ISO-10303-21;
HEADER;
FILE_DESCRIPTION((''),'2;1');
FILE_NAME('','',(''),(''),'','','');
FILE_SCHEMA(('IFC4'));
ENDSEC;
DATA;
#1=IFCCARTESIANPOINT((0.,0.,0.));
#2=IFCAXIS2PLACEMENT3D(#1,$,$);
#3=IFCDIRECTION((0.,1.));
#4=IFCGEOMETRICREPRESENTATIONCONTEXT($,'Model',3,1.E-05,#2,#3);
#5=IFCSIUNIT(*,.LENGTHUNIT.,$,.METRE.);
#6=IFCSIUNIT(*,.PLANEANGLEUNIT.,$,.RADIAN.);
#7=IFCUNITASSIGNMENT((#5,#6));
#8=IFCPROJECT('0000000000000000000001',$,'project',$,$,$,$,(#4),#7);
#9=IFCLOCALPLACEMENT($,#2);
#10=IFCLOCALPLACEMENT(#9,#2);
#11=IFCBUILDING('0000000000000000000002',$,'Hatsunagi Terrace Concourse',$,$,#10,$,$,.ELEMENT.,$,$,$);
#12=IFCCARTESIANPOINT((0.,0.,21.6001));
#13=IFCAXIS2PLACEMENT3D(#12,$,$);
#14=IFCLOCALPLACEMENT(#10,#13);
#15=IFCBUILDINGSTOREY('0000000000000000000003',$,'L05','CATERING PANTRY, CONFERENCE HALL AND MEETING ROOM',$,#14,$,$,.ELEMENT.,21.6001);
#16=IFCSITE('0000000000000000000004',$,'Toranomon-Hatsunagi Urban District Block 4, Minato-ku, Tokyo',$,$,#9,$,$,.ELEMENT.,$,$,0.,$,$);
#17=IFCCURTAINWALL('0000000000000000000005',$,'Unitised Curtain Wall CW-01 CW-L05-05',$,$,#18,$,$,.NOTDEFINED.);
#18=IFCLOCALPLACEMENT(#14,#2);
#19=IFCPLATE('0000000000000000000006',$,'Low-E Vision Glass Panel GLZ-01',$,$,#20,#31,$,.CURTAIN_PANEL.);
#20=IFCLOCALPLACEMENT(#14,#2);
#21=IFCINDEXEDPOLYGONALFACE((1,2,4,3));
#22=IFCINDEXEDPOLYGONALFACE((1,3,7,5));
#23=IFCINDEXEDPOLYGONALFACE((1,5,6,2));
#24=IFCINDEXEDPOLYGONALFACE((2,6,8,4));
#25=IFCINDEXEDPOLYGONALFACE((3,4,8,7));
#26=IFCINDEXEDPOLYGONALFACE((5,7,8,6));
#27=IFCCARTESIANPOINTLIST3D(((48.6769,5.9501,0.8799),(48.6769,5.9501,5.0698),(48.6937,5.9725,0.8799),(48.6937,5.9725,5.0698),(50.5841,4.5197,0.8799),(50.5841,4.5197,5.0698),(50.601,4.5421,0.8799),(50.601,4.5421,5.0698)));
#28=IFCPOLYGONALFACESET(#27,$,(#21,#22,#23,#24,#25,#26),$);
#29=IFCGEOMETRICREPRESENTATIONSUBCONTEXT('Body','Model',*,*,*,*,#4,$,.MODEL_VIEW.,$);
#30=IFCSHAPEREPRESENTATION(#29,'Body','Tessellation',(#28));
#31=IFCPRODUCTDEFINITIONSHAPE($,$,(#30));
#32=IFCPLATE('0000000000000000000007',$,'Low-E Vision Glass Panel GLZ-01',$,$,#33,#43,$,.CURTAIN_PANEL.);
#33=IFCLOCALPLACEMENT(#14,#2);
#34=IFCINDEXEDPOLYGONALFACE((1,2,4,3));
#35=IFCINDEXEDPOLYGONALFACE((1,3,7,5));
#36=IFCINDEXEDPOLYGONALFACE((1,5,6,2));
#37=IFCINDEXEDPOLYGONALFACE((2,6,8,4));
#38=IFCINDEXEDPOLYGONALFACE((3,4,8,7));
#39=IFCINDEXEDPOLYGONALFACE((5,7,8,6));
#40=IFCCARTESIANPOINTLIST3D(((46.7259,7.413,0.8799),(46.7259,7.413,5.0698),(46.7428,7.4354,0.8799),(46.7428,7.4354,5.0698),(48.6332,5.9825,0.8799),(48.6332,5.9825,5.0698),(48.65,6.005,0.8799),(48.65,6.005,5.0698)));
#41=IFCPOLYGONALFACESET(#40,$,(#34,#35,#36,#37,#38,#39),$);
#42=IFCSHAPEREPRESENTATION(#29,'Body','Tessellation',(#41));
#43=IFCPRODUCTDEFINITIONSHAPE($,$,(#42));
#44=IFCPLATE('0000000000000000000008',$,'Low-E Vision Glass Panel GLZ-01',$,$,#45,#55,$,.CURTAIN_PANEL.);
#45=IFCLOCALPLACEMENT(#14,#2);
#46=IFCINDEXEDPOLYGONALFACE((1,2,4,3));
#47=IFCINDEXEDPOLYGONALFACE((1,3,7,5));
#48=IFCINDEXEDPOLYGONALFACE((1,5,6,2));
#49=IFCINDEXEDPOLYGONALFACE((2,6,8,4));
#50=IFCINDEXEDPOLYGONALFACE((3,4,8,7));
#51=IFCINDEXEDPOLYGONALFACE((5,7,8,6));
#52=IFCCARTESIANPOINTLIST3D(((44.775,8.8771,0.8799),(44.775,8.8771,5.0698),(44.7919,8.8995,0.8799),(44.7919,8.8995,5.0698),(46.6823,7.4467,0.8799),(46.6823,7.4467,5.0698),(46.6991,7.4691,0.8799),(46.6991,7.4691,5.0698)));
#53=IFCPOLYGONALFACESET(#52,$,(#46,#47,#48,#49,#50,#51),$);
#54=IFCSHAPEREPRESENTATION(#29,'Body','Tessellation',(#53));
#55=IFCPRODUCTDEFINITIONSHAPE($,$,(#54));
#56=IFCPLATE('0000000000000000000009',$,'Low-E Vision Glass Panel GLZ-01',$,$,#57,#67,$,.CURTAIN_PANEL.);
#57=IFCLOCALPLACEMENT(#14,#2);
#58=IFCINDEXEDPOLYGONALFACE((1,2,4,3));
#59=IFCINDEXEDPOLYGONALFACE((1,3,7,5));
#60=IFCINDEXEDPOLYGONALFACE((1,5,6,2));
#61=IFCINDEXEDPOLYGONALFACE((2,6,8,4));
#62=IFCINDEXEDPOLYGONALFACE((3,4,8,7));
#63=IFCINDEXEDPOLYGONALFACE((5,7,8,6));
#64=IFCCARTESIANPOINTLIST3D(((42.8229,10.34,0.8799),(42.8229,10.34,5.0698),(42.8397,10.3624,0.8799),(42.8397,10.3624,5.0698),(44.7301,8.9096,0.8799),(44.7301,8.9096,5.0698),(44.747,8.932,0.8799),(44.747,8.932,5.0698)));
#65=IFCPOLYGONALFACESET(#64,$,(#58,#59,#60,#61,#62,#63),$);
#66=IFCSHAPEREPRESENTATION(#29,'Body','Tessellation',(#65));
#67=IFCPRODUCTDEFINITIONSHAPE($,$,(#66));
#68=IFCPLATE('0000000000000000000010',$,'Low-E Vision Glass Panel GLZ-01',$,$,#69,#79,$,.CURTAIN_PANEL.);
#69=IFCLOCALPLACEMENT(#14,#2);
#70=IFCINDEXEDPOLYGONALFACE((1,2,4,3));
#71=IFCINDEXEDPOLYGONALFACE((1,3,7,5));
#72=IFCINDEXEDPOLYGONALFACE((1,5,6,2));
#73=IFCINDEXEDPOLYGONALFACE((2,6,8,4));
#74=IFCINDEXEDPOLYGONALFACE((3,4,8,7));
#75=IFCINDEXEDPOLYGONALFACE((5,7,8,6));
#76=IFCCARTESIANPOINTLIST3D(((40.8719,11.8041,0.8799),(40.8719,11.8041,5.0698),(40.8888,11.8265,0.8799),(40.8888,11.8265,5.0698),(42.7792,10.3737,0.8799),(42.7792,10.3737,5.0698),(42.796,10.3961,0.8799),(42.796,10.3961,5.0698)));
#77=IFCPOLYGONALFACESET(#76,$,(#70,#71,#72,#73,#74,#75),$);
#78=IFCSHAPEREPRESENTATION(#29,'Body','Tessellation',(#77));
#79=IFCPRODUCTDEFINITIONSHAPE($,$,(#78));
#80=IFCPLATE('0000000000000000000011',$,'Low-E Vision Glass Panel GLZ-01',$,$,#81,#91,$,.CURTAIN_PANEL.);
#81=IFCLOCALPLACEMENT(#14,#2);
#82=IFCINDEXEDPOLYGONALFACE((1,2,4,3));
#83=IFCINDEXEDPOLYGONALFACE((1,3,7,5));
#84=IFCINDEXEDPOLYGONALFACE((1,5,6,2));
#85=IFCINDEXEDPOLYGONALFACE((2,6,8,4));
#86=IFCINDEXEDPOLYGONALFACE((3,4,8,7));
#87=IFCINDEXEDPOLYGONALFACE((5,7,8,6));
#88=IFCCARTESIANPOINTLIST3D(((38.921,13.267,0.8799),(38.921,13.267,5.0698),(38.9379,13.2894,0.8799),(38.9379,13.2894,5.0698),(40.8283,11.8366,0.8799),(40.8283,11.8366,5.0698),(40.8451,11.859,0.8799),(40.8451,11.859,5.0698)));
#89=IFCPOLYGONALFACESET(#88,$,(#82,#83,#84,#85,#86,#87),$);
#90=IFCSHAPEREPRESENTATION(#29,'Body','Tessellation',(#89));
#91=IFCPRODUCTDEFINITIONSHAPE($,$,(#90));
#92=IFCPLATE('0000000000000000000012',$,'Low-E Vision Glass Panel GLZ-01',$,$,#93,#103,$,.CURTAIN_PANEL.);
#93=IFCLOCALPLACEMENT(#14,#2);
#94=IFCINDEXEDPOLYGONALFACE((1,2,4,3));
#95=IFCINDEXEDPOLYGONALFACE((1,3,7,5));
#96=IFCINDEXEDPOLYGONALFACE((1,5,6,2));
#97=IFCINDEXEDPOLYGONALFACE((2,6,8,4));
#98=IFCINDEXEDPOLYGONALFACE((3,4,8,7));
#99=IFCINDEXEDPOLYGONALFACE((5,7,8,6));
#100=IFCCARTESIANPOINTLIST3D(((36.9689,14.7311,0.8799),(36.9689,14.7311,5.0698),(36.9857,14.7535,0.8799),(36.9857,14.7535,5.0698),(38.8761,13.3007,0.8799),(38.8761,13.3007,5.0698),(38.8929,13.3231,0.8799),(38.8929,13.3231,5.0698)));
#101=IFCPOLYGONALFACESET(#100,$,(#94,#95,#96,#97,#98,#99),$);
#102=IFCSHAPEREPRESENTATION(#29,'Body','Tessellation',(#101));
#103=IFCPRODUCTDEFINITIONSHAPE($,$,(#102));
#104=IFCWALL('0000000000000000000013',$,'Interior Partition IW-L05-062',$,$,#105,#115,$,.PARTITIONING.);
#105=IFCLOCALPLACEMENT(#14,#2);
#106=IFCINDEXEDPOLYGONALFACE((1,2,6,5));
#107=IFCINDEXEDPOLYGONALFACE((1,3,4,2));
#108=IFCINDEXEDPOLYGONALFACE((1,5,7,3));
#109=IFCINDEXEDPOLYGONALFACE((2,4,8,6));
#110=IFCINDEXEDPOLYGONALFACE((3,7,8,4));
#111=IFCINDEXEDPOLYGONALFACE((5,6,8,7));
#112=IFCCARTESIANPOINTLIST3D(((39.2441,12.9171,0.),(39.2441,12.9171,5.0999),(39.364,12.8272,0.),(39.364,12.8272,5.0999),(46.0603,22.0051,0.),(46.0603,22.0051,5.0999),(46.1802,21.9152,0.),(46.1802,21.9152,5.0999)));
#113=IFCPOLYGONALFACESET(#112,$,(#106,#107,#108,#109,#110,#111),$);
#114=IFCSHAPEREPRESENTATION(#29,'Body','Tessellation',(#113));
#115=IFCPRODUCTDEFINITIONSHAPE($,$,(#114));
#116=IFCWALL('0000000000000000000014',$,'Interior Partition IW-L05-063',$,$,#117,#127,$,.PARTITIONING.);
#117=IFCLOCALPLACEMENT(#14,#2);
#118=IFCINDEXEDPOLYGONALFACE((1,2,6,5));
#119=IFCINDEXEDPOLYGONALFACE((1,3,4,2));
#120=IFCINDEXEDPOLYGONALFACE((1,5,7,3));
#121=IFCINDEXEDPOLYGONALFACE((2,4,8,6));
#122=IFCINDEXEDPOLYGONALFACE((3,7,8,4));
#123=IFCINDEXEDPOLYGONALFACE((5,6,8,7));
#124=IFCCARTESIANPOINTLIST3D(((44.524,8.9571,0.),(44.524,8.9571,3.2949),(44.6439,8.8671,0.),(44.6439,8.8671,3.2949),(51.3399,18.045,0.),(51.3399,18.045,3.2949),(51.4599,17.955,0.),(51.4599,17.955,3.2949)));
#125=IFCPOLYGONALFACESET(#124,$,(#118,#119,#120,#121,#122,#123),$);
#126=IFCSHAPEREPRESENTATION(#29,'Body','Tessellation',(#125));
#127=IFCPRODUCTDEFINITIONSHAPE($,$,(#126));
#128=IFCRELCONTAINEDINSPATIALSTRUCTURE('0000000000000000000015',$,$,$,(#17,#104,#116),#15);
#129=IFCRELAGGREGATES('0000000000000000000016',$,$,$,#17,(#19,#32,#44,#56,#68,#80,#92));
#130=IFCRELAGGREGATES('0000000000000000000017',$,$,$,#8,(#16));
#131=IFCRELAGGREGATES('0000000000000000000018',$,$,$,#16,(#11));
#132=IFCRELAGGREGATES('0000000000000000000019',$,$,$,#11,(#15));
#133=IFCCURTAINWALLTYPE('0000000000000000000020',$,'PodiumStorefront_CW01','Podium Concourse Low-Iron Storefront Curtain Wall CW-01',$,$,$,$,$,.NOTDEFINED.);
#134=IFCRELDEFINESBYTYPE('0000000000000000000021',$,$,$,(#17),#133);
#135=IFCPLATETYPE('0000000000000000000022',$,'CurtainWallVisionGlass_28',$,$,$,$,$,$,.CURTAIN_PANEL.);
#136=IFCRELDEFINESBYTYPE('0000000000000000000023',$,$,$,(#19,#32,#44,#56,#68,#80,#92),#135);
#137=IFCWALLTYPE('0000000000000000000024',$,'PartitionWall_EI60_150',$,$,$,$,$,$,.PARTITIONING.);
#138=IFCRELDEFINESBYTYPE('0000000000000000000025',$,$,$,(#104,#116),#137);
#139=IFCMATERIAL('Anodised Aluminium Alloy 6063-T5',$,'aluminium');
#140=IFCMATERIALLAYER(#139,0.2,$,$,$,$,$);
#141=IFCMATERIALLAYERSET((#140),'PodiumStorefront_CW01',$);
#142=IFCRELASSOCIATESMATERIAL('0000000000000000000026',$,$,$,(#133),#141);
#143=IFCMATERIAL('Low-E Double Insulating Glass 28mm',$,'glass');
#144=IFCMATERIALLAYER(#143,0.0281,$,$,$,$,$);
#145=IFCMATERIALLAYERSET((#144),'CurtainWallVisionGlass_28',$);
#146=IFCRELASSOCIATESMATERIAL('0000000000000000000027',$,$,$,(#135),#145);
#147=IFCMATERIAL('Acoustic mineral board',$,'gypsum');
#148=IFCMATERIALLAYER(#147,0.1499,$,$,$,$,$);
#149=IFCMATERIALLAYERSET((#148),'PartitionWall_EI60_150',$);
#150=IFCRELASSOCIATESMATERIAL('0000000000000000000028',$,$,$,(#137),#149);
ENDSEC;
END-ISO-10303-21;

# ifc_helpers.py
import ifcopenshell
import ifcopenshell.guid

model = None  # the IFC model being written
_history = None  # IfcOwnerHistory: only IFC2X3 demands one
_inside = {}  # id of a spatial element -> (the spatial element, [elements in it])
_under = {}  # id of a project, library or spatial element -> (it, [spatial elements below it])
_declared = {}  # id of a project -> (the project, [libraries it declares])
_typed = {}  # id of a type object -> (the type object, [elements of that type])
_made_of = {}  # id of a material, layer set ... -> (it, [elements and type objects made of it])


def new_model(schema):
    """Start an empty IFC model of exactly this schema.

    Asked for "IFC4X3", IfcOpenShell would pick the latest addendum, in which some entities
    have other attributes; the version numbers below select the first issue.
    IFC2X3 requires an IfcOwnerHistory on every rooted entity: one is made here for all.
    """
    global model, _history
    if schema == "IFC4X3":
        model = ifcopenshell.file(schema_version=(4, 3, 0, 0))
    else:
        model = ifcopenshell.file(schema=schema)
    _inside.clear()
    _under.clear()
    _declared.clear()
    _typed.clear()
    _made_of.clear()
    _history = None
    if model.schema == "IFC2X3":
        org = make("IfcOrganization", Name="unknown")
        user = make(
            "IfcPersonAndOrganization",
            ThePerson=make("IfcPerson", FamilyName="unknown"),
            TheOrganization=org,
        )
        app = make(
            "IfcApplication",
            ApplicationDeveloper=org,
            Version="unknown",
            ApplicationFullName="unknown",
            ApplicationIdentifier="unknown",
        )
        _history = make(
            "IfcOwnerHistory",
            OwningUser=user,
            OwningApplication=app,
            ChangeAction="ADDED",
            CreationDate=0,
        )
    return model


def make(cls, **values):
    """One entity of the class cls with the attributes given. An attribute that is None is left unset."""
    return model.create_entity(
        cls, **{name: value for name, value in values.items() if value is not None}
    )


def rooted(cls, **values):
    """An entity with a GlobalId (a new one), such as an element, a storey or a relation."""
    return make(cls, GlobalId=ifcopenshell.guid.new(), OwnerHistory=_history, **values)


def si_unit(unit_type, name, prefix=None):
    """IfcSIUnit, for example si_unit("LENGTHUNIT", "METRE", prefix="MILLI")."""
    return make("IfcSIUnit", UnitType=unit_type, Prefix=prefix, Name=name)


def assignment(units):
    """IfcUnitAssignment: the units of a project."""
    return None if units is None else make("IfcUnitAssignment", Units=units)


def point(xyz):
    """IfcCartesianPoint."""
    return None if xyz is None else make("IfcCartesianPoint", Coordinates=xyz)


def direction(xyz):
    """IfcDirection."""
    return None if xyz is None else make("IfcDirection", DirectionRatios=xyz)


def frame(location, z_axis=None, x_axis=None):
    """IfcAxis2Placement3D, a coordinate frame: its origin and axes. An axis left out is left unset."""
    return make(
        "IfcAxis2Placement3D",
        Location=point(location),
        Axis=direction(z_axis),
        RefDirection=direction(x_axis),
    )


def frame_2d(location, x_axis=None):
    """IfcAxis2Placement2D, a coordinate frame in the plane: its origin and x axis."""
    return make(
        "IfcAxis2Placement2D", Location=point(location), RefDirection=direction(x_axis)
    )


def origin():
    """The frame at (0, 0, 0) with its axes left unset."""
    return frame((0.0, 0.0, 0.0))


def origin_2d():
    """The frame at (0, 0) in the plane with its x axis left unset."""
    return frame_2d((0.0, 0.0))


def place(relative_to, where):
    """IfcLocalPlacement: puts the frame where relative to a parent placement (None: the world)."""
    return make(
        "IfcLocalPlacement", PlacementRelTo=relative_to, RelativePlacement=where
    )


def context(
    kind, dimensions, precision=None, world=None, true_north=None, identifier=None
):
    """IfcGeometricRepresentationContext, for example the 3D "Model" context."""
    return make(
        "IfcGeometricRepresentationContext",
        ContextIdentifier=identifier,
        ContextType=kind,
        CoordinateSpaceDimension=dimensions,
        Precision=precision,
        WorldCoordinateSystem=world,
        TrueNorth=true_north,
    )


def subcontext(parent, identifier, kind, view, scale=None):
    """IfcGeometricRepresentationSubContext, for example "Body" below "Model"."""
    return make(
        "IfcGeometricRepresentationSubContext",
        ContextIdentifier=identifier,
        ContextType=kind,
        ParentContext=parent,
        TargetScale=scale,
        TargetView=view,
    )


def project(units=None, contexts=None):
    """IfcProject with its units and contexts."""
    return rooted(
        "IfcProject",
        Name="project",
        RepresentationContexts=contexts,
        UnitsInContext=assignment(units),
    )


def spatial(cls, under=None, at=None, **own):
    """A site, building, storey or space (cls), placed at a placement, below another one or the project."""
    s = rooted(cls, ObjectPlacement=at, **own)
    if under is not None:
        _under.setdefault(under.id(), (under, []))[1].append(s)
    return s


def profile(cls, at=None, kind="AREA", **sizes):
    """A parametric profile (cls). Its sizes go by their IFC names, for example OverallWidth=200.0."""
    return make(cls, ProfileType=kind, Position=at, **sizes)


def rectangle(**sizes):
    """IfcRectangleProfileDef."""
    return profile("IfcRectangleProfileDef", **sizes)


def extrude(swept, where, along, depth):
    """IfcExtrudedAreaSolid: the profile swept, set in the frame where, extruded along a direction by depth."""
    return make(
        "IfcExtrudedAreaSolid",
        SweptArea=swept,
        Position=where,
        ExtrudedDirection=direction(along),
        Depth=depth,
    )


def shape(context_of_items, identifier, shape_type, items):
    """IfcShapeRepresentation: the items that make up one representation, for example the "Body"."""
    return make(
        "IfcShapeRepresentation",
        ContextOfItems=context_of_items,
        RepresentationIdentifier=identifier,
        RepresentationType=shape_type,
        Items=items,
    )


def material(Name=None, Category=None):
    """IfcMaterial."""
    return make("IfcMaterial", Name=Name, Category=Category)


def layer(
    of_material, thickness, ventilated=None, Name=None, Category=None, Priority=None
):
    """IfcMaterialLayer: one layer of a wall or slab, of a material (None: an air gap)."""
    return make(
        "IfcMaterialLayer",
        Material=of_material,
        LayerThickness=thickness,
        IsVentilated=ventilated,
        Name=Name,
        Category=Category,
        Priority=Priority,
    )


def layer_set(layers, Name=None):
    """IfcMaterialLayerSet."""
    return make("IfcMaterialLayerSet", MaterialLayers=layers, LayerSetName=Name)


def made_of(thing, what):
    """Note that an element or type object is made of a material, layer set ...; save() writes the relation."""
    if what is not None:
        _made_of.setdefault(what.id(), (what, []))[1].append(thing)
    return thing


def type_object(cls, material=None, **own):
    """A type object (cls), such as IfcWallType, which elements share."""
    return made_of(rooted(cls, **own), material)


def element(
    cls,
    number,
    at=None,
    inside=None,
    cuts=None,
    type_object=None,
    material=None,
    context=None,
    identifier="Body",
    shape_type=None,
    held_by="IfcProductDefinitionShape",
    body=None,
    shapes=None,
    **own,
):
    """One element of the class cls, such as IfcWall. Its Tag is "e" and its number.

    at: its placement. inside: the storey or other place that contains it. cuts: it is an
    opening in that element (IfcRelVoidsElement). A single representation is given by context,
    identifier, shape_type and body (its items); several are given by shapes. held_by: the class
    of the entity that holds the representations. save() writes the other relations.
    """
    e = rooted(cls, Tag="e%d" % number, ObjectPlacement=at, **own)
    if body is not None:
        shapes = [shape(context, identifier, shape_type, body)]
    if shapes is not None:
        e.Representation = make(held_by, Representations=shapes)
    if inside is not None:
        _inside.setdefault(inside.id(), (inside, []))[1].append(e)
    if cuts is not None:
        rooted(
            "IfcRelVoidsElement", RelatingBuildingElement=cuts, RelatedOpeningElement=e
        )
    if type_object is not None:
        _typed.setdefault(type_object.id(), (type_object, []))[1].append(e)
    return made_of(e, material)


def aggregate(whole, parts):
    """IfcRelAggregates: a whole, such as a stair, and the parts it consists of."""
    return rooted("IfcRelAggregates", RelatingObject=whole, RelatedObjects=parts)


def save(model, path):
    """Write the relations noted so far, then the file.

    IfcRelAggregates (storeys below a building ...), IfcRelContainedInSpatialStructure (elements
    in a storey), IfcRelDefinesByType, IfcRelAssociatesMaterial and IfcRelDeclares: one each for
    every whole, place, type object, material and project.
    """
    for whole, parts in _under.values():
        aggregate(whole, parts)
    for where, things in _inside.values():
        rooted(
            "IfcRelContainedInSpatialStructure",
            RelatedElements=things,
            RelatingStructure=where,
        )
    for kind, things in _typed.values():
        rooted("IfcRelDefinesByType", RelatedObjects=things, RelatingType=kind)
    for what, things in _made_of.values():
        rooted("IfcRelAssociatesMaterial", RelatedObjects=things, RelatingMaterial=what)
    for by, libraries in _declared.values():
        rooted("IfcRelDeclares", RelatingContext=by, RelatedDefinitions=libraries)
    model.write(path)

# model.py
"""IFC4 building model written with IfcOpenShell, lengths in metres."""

from ifc_helpers import new_model, si_unit, direction, frame, frame_2d, origin, origin_2d, place, context, subcontext, project, spatial, rectangle, extrude, material, layer, layer_set, type_object, element, aggregate, save


model = new_model("IFC4")

# Units and contexts
model_context = context("Model", 3, precision=1e-05, world=origin(), true_north=direction((0.0, 1.0)))
body_context = subcontext(model_context, "Body", "Model", "MODEL_VIEW")
ifc_project = project(units=[si_unit("LENGTHUNIT", "METRE"), si_unit("PLANEANGLEUNIT", "RADIAN")], contexts=[model_context])

# Site, building, storey
site_placement = place(None, origin())
site = spatial("IfcSite", under=ifc_project, at=site_placement, Name="Toranomon-Hatsunagi Urban District Block 4, Minato-ku, Tokyo", CompositionType="ELEMENT", RefElevation=0.0)
building_placement = place(site_placement, origin())
building = spatial("IfcBuilding", under=site, at=building_placement, Name="Hatsunagi Terrace Concourse", CompositionType="ELEMENT")
storey_placement = place(building_placement, frame((0.0, 0.0, 21.6001)))
storey = spatial("IfcBuildingStorey", under=building, at=storey_placement, Name="L05", Description="CATERING PANTRY, CONFERENCE HALL AND MEETING ROOM", CompositionType="ELEMENT", Elevation=21.6001)

# Curtain wall
ifc_material_1 = material(Name="Anodised Aluminium Alloy 6063-T5", Category="aluminium")
ifc_layer_1 = layer(ifc_material_1, 0.2)
ifc_layer_set_1 = layer_set([ifc_layer_1], Name="PodiumStorefront_CW01")
curtain_wall_type = type_object("IfcCurtainWallType", Name="PodiumStorefront_CW01", Description="Podium Concourse Low-Iron Storefront Curtain Wall CW-01", PredefinedType="NOTDEFINED", material=ifc_layer_set_1)
curtain_wall_placement = place(storey_placement, origin())
curtain_wall = element("IfcCurtainWall", 1, at=curtain_wall_placement, inside=storey, type_object=curtain_wall_type, Name="Unitised Curtain Wall CW-01 CW-L05-05", PredefinedType="NOTDEFINED")

# Plates
ifc_material_2 = material(Name="Low-E Double Insulating Glass 28mm", Category="glass")
ifc_layer_2 = layer(ifc_material_2, 0.0281)
ifc_layer_set_2 = layer_set([ifc_layer_2], Name="CurtainWallVisionGlass_28")
plate_type_1 = type_object("IfcPlateType", Name="CurtainWallVisionGlass_28", PredefinedType="CURTAIN_PANEL", material=ifc_layer_set_2)
plate_1_placement = place(storey_placement, frame((49.6389, 5.2461, 0.8799), z_axis=(0.0, 0.0, 1.0), x_axis=(-0.800003, 0.599996, 0.0)))
plate_1 = element("IfcPlate", 2, at=plate_1_placement, type_object=plate_type_1, Name="Low-E Vision Glass Panel GLZ-01", PredefinedType="CURTAIN_PANEL", context=body_context, shape_type="SweptSolid", body=[
    extrude(rectangle(XDim=2.384, YDim=0.0281, at=origin_2d()), origin(), (0.0, 0.0, 1.0), 4.1899),
])
plate_2_placement = place(storey_placement, frame((47.688, 6.709, 0.8799), z_axis=(0.0, 0.0, 1.0), x_axis=(-0.800003, 0.599996, 0.0)))
plate_2 = element("IfcPlate", 3, at=plate_2_placement, type_object=plate_type_1, Name="Low-E Vision Glass Panel GLZ-01", PredefinedType="CURTAIN_PANEL", context=body_context, shape_type="SweptSolid", body=[
    extrude(rectangle(XDim=2.384, YDim=0.0281, at=origin_2d()), origin(), (0.0, 0.0, 1.0), 4.1899),
])
plate_3_placement = place(storey_placement, frame((45.7371, 8.1731, 0.8799), z_axis=(0.0, 0.0, 1.0), x_axis=(-0.800003, 0.599996, 0.0)))
plate_3 = element("IfcPlate", 4, at=plate_3_placement, type_object=plate_type_1, Name="Low-E Vision Glass Panel GLZ-01", PredefinedType="CURTAIN_PANEL", context=body_context, shape_type="SweptSolid", body=[
    extrude(rectangle(XDim=2.384, YDim=0.0281, at=origin_2d()), origin(), (0.0, 0.0, 1.0), 4.1899),
])
plate_4_placement = place(storey_placement, frame((43.7849, 9.636, 0.8799), z_axis=(0.0, 0.0, 1.0), x_axis=(-0.800003, 0.599996, 0.0)))
plate_4 = element("IfcPlate", 5, at=plate_4_placement, type_object=plate_type_1, Name="Low-E Vision Glass Panel GLZ-01", PredefinedType="CURTAIN_PANEL", context=body_context, shape_type="SweptSolid", body=[
    extrude(rectangle(XDim=2.384, YDim=0.0281, at=origin_2d()), origin(), (0.0, 0.0, 1.0), 4.1899),
])
plate_5_placement = place(storey_placement, frame((41.834, 11.1001, 0.8799), z_axis=(0.0, 0.0, 1.0), x_axis=(-0.800003, 0.599996, 0.0)))
plate_5 = element("IfcPlate", 6, at=plate_5_placement, type_object=plate_type_1, Name="Low-E Vision Glass Panel GLZ-01", PredefinedType="CURTAIN_PANEL", context=body_context, shape_type="SweptSolid", body=[
    extrude(rectangle(XDim=2.384, YDim=0.0281, at=origin_2d()), origin(), (0.0, 0.0, 1.0), 4.1899),
])
plate_6_placement = place(storey_placement, frame((39.8831, 12.563, 0.8799), z_axis=(0.0, 0.0, 1.0), x_axis=(-0.800003, 0.599996, 0.0)))
plate_6 = element("IfcPlate", 7, at=plate_6_placement, type_object=plate_type_1, Name="Low-E Vision Glass Panel GLZ-01", PredefinedType="CURTAIN_PANEL", context=body_context, shape_type="SweptSolid", body=[
    extrude(rectangle(XDim=2.384, YDim=0.0281, at=origin_2d()), origin(), (0.0, 0.0, 1.0), 4.1899),
])
plate_7_placement = place(storey_placement, frame((37.9309, 14.0271, 0.8799), z_axis=(0.0, 0.0, 1.0), x_axis=(-0.800003, 0.599996, 0.0)))
plate_7 = element("IfcPlate", 8, at=plate_7_placement, type_object=plate_type_1, Name="Low-E Vision Glass Panel GLZ-01", PredefinedType="CURTAIN_PANEL", context=body_context, shape_type="SweptSolid", body=[
    extrude(rectangle(XDim=2.384, YDim=0.0281, at=origin_2d()), origin(), (0.0, 0.0, 1.0), 4.1899),
])
aggregate(curtain_wall, [plate_1, plate_2, plate_3, plate_4, plate_5, plate_6, plate_7])

# Walls
ifc_material_3 = material(Name="Acoustic mineral board", Category="gypsum")
ifc_layer_3 = layer(ifc_material_3, 0.1499)
ifc_layer_set_3 = layer_set([ifc_layer_3], Name="PartitionWall_EI60_150")
wall_type = type_object("IfcWallType", Name="PartitionWall_EI60_150", PredefinedType="PARTITIONING", material=ifc_layer_set_3)
wall_1_placement = place(storey_placement, frame((39.304, 12.8721, 0.0), z_axis=(0.0, 0.0, 1.0), x_axis=(0.600014, 0.79999, 0.0)))
element("IfcWall", 9, at=wall_1_placement, inside=storey, type_object=wall_type, Name="Interior Partition IW-L05-062", PredefinedType="PARTITIONING", context=body_context, shape_type="SweptSolid", body=[
    extrude(rectangle(XDim=11.3601, YDim=0.1499, at=frame_2d((5.6802, 0.0))), origin(), (0.0, 0.0, 1.0), 5.0999),
])
wall_2_placement = place(storey_placement, frame((44.584, 8.9121, 0.0), z_axis=(0.0, 0.0, 1.0), x_axis=(0.6, 0.8, 0.0)))
element("IfcWall", 10, at=wall_2_placement, inside=storey, type_object=wall_type, Name="Interior Partition IW-L05-063", PredefinedType="PARTITIONING", context=body_context, shape_type="SweptSolid", body=[
    extrude(rectangle(XDim=11.3599, YDim=0.1499, at=frame_2d((5.6799, 0.0))), origin(), (0.0, 0.0, 1.0), 3.2949),
])

save(model, "model.ifc")
